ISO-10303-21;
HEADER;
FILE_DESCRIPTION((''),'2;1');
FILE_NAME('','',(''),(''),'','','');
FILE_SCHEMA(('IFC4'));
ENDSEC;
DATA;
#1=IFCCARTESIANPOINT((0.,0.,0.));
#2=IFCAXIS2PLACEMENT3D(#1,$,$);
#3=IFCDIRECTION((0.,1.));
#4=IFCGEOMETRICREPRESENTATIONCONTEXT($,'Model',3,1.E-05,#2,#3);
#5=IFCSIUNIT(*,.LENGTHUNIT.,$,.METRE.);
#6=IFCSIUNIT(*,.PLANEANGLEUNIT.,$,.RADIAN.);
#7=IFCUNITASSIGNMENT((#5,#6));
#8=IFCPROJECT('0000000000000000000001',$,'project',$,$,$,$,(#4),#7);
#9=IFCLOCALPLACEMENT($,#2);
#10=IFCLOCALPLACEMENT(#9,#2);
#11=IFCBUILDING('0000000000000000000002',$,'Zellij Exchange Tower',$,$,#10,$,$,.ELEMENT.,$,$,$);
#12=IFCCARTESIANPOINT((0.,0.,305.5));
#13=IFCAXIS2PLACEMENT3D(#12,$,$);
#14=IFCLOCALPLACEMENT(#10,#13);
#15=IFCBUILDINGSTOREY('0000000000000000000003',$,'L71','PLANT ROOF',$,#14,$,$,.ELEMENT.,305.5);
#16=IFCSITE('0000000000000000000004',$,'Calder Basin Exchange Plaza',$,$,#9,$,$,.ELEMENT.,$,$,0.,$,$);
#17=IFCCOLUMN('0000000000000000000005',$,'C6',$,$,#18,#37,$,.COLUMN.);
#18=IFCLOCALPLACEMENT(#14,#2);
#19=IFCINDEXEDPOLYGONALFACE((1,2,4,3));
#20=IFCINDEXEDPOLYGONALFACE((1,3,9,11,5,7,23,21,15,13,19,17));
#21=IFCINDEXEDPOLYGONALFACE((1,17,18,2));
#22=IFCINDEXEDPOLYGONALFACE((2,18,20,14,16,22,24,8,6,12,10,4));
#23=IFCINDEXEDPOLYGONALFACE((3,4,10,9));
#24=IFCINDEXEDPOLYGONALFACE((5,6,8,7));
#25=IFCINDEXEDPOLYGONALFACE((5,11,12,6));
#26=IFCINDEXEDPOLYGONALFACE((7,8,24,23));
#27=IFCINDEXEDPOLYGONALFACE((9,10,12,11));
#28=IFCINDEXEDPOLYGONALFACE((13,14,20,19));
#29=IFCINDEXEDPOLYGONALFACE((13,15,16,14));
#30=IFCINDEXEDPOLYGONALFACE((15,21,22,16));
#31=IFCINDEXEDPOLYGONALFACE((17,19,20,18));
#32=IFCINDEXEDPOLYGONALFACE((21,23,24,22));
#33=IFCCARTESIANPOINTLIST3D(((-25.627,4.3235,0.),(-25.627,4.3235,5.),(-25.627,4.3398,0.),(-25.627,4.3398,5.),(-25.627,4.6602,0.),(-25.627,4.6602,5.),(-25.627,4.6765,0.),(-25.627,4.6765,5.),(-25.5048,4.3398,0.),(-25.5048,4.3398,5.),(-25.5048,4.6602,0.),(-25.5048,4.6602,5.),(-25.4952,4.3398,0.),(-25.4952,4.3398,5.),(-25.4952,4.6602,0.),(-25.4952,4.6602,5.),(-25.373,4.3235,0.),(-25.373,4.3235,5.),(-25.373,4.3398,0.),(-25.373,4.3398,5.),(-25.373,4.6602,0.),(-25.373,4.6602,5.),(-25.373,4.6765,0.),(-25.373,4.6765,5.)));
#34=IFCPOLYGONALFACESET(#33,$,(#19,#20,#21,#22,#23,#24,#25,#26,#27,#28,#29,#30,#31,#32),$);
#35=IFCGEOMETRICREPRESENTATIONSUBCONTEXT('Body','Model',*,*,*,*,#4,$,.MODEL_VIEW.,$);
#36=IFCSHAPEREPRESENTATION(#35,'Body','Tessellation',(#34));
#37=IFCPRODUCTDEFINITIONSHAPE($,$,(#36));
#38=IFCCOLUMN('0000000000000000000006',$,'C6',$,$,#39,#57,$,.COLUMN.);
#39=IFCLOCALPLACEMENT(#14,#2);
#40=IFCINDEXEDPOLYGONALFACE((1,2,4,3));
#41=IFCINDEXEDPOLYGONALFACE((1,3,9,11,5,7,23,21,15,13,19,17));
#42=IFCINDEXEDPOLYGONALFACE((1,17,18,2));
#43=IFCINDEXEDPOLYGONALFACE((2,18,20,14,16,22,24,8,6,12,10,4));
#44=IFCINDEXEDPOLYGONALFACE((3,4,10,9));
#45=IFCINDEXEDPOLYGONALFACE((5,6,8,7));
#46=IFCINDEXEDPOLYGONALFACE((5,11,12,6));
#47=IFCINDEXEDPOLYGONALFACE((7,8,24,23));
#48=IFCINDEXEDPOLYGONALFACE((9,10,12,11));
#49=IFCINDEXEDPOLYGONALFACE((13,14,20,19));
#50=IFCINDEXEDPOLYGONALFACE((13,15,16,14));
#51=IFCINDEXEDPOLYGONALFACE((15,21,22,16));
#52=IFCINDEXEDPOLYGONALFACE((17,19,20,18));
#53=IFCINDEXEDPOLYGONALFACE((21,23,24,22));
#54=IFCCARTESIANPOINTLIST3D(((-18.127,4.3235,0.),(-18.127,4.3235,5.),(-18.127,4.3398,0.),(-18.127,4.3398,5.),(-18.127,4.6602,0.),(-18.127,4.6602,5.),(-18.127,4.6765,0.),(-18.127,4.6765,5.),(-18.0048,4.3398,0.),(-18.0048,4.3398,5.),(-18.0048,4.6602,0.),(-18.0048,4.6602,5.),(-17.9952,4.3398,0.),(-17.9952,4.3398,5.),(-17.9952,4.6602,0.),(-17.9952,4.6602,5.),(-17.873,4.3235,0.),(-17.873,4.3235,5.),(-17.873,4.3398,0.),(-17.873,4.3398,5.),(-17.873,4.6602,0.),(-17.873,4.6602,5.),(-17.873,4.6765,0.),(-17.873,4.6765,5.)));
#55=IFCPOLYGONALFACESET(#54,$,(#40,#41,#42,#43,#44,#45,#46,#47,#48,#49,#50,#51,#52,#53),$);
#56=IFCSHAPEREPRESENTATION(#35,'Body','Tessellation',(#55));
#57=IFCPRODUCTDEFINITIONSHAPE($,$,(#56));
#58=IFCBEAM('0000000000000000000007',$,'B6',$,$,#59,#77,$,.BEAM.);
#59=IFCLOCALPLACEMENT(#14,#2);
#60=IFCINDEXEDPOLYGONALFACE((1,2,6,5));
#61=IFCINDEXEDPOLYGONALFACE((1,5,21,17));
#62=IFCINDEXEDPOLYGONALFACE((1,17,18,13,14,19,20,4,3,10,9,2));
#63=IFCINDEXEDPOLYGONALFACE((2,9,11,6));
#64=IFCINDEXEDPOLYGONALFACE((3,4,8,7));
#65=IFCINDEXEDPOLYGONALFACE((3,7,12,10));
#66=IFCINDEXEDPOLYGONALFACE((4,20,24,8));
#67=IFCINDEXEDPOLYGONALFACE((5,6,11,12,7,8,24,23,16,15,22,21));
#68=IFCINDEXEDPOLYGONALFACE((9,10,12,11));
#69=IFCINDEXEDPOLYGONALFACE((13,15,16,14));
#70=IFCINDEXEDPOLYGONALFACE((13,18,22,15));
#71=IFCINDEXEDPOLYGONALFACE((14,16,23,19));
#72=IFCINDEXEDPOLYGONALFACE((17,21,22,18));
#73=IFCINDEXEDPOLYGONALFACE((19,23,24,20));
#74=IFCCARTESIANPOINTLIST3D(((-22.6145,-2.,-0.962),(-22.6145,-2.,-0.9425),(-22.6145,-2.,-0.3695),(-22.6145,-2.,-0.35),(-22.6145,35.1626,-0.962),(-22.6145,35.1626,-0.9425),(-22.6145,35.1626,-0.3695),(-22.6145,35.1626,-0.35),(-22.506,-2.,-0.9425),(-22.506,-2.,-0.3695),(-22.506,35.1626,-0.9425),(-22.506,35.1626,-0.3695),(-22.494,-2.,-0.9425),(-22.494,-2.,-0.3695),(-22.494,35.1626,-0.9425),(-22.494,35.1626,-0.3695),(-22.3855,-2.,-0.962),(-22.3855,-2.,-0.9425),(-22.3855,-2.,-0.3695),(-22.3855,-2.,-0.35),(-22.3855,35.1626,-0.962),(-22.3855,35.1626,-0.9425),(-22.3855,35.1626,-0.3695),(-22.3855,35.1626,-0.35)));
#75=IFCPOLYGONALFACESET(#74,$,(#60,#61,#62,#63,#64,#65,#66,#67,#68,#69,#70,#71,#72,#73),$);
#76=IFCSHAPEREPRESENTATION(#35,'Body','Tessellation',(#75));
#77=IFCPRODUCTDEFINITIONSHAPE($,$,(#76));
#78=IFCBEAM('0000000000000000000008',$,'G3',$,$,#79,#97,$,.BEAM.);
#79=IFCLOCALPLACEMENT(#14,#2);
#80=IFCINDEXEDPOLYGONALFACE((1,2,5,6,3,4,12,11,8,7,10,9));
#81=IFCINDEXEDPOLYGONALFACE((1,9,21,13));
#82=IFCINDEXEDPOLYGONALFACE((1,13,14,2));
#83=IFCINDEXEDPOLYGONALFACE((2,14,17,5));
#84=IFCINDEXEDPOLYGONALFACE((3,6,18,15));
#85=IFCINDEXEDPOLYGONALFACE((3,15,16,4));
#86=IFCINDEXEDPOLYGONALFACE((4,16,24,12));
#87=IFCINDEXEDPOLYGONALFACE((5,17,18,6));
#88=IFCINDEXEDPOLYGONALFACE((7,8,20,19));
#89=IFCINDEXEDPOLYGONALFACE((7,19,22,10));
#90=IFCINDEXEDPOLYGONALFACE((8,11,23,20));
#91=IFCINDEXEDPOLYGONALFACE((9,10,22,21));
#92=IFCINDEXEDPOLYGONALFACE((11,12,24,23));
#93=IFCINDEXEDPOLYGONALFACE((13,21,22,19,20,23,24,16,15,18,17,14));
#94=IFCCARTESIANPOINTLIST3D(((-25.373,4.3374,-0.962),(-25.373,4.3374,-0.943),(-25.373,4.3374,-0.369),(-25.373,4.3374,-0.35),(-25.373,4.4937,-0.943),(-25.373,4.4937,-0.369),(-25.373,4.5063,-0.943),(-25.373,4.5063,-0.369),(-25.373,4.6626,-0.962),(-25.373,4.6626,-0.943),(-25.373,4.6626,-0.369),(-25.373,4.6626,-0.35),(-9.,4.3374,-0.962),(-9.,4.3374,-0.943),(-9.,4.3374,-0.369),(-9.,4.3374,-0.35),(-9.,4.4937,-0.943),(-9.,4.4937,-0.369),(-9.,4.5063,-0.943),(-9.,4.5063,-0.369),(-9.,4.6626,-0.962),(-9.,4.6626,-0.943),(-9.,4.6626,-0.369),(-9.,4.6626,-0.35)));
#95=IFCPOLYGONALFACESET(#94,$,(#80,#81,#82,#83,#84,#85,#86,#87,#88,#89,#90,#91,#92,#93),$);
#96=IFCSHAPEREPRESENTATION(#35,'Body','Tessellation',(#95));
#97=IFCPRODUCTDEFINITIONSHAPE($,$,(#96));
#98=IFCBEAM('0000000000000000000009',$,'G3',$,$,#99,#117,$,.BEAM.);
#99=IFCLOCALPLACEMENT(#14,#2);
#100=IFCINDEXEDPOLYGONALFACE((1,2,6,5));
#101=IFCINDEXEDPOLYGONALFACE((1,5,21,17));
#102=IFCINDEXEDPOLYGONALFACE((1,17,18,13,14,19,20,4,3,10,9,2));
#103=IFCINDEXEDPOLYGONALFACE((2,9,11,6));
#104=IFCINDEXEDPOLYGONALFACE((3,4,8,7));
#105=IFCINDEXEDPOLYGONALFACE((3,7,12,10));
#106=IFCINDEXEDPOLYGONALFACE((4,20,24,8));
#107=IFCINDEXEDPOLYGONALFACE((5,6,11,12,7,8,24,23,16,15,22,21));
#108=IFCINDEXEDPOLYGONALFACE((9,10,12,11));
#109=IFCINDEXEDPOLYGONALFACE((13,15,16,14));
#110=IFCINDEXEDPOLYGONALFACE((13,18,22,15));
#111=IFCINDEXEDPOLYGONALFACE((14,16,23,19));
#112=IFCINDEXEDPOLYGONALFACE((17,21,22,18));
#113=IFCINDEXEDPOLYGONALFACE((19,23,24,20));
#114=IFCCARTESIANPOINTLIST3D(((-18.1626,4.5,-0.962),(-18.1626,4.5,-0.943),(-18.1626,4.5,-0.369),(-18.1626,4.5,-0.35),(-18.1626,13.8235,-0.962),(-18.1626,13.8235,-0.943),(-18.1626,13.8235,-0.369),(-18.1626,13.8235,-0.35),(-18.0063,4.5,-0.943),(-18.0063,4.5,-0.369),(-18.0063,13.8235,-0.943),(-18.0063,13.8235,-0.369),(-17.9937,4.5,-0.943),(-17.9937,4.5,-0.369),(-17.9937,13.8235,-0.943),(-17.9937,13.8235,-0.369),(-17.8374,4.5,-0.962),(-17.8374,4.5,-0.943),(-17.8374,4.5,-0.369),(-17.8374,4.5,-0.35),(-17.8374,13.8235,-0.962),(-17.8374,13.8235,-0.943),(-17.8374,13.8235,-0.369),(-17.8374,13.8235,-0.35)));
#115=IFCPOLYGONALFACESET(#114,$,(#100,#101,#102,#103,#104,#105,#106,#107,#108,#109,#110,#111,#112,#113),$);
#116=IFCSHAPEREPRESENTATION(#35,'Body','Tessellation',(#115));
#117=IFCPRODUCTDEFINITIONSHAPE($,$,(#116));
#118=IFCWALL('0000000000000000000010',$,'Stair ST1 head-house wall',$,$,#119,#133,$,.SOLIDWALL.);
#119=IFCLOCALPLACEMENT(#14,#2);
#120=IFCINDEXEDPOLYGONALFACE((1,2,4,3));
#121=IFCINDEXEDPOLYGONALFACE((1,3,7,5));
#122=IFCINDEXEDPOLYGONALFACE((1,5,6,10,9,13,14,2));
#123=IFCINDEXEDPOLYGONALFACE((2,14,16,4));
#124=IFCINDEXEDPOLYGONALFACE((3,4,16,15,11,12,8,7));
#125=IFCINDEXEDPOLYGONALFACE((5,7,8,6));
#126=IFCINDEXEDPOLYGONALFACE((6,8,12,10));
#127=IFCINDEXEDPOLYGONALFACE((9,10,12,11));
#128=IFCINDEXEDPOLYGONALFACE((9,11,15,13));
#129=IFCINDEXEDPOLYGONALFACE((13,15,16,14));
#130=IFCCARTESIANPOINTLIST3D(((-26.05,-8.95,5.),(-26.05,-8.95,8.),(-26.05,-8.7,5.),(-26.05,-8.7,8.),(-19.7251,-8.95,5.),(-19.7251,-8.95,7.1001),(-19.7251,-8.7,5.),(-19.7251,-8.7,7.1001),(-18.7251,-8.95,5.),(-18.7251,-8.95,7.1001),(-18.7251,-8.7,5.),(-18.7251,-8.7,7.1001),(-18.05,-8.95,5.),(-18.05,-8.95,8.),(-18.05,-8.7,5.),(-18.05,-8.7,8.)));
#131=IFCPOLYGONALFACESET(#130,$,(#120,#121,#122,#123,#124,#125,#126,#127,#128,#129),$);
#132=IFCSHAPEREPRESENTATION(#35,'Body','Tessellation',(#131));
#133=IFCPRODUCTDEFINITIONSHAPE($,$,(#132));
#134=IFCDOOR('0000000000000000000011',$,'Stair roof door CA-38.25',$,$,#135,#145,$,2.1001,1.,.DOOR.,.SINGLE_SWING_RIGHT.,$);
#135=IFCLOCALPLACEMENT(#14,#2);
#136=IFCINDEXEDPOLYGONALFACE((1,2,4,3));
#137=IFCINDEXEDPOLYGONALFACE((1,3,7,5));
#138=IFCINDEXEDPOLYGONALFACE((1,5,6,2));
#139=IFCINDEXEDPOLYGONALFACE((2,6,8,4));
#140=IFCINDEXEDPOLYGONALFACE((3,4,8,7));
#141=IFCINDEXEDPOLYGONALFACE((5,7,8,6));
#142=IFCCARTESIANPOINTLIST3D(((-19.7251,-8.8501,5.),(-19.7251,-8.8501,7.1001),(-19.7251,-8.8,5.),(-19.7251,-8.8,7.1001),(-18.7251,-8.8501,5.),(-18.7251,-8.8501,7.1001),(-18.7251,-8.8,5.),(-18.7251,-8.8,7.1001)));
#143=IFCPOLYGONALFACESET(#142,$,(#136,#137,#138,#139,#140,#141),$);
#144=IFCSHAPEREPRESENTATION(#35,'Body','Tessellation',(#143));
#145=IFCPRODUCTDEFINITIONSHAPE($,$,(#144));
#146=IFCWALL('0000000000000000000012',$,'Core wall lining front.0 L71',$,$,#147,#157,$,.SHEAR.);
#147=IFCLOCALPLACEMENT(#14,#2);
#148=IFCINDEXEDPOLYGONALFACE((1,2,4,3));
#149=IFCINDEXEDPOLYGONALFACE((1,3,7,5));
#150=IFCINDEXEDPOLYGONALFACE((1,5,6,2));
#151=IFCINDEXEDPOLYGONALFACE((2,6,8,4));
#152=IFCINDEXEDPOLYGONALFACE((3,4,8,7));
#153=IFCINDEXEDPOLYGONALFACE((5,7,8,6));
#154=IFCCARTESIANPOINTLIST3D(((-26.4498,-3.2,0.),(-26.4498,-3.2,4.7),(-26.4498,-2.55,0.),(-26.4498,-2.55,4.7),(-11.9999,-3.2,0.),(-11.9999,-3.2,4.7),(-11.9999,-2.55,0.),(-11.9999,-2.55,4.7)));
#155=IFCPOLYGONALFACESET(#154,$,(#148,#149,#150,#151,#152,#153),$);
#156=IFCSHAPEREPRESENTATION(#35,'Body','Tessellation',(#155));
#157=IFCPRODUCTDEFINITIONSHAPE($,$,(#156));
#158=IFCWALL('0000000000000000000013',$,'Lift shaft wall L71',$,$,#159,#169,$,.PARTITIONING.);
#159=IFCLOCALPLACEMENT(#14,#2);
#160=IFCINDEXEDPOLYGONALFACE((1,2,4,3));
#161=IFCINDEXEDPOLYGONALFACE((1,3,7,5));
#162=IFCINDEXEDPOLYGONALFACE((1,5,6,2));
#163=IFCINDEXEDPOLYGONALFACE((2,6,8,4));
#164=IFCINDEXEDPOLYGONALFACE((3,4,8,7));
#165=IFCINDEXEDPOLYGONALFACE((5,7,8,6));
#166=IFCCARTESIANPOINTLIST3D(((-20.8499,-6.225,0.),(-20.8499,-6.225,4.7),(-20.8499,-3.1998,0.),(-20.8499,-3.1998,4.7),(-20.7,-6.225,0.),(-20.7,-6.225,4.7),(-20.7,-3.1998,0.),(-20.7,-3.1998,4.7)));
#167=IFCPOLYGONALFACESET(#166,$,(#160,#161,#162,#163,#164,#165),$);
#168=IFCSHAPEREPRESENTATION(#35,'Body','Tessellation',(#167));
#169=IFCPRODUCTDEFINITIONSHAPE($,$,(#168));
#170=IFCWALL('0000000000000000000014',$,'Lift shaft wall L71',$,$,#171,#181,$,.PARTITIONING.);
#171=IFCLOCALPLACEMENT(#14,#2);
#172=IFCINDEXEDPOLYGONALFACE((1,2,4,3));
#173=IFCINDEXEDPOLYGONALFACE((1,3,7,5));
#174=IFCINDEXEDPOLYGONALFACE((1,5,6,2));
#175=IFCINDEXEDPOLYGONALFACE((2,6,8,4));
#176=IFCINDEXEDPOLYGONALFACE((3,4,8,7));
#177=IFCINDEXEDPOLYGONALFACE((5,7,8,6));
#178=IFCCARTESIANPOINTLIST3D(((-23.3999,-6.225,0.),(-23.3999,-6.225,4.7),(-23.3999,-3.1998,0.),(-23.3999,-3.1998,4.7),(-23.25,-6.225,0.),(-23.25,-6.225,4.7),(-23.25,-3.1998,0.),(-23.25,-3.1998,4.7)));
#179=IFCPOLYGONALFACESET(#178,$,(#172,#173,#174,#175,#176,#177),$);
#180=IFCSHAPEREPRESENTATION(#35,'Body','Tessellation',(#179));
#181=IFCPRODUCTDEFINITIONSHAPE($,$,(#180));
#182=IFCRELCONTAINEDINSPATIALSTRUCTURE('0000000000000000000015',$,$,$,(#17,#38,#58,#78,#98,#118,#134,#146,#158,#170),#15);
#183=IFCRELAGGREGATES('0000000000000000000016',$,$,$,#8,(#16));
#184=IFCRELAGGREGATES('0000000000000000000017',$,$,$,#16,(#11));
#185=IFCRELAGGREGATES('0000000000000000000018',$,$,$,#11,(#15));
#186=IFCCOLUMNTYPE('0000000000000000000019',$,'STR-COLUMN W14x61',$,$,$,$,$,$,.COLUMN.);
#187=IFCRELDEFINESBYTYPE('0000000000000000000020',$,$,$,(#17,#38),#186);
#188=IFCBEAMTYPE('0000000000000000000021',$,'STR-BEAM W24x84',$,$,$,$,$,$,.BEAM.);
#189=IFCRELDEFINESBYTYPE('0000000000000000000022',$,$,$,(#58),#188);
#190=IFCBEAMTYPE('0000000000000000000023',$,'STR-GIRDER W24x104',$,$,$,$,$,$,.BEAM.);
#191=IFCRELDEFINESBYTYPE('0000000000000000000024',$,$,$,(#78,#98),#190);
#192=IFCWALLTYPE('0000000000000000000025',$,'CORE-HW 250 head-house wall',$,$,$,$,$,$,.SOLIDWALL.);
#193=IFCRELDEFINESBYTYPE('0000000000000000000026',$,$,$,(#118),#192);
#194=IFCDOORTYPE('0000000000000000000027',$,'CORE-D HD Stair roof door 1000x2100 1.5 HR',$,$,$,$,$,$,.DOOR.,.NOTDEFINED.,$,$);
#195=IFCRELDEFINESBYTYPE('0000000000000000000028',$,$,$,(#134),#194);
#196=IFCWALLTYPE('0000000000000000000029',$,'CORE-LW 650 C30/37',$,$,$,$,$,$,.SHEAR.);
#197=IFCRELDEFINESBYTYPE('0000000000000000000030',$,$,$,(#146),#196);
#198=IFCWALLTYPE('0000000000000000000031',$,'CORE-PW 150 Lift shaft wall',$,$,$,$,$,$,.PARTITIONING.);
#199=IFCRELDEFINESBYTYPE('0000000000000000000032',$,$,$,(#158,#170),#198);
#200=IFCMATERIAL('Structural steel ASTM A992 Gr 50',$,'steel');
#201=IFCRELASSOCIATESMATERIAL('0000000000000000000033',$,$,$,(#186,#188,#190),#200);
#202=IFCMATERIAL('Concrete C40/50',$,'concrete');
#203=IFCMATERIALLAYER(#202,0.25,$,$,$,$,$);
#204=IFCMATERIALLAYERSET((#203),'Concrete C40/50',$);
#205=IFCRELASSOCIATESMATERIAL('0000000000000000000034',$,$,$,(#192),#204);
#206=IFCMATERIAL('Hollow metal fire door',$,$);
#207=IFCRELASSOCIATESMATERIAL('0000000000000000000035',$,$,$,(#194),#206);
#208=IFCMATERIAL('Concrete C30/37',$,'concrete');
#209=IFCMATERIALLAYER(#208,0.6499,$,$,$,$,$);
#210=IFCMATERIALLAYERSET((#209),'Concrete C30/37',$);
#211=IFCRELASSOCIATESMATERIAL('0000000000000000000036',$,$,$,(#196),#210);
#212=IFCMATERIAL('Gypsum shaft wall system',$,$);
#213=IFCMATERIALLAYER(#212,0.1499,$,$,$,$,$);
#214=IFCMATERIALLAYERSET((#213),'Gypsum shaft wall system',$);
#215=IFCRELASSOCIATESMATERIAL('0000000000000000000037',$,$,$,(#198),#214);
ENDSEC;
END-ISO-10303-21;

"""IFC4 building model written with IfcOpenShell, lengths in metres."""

from ifc_helpers import new_model, si_unit, direction, frame, frame_2d, origin, origin_2d, place, context, subcontext, project, spatial, rectangle, i_section, extrude, material, layer, layer_set, material_profile, profile_set, type_object, element, fill, save


model = new_model("IFC4")

# Units and contexts
model_context = context("Model", 3, precision=1e-05, world=origin(), true_north=direction((0.0, 1.0)))
body_context = subcontext(model_context, "Body", "Model", "MODEL_VIEW")
ifc_project = project(units=[si_unit("LENGTHUNIT", "METRE"), si_unit("PLANEANGLEUNIT", "RADIAN")], contexts=[model_context])

# Site, building, storey
site_placement = place(None, origin())
site = spatial("IfcSite", under=ifc_project, at=site_placement, Name="Calder Basin Exchange Plaza", CompositionType="ELEMENT", RefElevation=0.0)
building_placement = place(site_placement, origin())
building = spatial("IfcBuilding", under=site, at=building_placement, Name="Zellij Exchange Tower", CompositionType="ELEMENT")
storey_placement = place(building_placement, frame((0.0, 0.0, 305.5)))
storey = spatial("IfcBuildingStorey", under=building, at=storey_placement, Name="L71", Description="PLANT ROOF", CompositionType="ELEMENT", Elevation=305.5)

# Columns
ifc_material_1 = material(Name="Structural steel ASTM A992 Gr 50", Category="steel")
ifc_material_profile_1 = material_profile(ifc_material_1, i_section(OverallWidth=0.2539, OverallDepth=0.353, WebThickness=0.0095, FlangeThickness=0.0164, at=origin_2d()), Name="W14x61")
ifc_profile_set_1 = profile_set([ifc_material_profile_1], Name="Structural steel ASTM A992 Gr 50")
column_type = type_object("IfcColumnType", Name="STR-COLUMN W14x61", PredefinedType="COLUMN", material=ifc_profile_set_1)
for number, where, z_axis, x_axis, name in (
    (1, (-25.5, 4.5, 0.0), (0.0, 0.0, 1.0), (1.0, 0.0, 0.0), "C6"),
    (2, (-18.0, 4.5, 0.0), (0.0, 0.0, 1.0), (1.0, 0.0, 0.0), "C6"),
):
    element("IfcColumn", number, at=place(storey_placement, frame(where, z_axis=z_axis, x_axis=x_axis)), inside=storey, type_object=column_type, Name=name, PredefinedType="COLUMN", context=body_context, shape_type="SweptSolid", body=[
        extrude(i_section(OverallWidth=0.2539, OverallDepth=0.353, WebThickness=0.0095, FlangeThickness=0.0164, at=origin_2d()), origin(), (0.0, 0.0, 1.0), 5.0),
    ])

# Beams
ifc_material_profile_2 = material_profile(ifc_material_1, i_section(OverallWidth=0.229, OverallDepth=0.6121, WebThickness=0.012, FlangeThickness=0.0195, at=origin_2d()), Name="W24x84")
ifc_profile_set_2 = profile_set([ifc_material_profile_2], Name="Structural steel ASTM A992 Gr 50")
beam_type_1 = type_object("IfcBeamType", Name="STR-BEAM W24x84", PredefinedType="BEAM", material=ifc_profile_set_2)
beam_1_placement = place(storey_placement, frame((-22.5, -2.0, -0.656), z_axis=(0.0, 1.0, 0.0), x_axis=(-1.0, 0.0, 0.0)))
element("IfcBeam", 3, at=beam_1_placement, inside=storey, type_object=beam_type_1, Name="B6", PredefinedType="BEAM", context=body_context, shape_type="SweptSolid", body=[
    extrude(i_section(OverallWidth=0.229, OverallDepth=0.6121, WebThickness=0.012, FlangeThickness=0.0195, at=origin_2d()), origin(), (0.0, 0.0, 1.0), 37.1626),
])
ifc_material_profile_3 = material_profile(ifc_material_1, i_section(OverallWidth=0.3252, OverallDepth=0.6121, WebThickness=0.0127, FlangeThickness=0.019, at=origin_2d()), Name="W24x104")
ifc_profile_set_3 = profile_set([ifc_material_profile_3], Name="Structural steel ASTM A992 Gr 50")
beam_type_2 = type_object("IfcBeamType", Name="STR-GIRDER W24x104", PredefinedType="BEAM", material=ifc_profile_set_3)
beam_2_placement = place(storey_placement, frame((-25.373, 4.5, -0.656), z_axis=(1.0, 0.0, 0.0), x_axis=(0.0, 1.0, 0.0)))
element("IfcBeam", 4, at=beam_2_placement, inside=storey, type_object=beam_type_2, Name="G3", PredefinedType="BEAM", context=body_context, shape_type="SweptSolid", body=[
    extrude(i_section(OverallWidth=0.3252, OverallDepth=0.6121, WebThickness=0.0127, FlangeThickness=0.019, at=origin_2d()), origin(), (0.0, 0.0, 1.0), 16.373),
])
beam_3_placement = place(storey_placement, frame((-18.0, 4.5, -0.656), z_axis=(0.0, 1.0, 0.0), x_axis=(-1.0, 0.0, 0.0)))
element("IfcBeam", 5, at=beam_3_placement, inside=storey, type_object=beam_type_2, Name="G3", PredefinedType="BEAM", context=body_context, shape_type="SweptSolid", body=[
    extrude(i_section(OverallWidth=0.3252, OverallDepth=0.6121, WebThickness=0.0127, FlangeThickness=0.019, at=origin_2d()), origin(), (0.0, 0.0, 1.0), 9.3235),
])

# Wall, opening, door
ifc_material_2 = material(Name="Concrete C40/50", Category="concrete")
ifc_layer_1 = layer(ifc_material_2, 0.25)
ifc_layer_set_1 = layer_set([ifc_layer_1], Name="Concrete C40/50")
wall_type_1 = type_object("IfcWallType", Name="CORE-HW 250 head-house wall", PredefinedType="SOLIDWALL", material=ifc_layer_set_1)
wall_1_placement = place(storey_placement, frame((-26.05, -8.825, 5.0), z_axis=(0.0, 0.0, 1.0), x_axis=(1.0, 0.0, 0.0)))
wall_1 = element("IfcWall", 6, at=wall_1_placement, inside=storey, type_object=wall_type_1, Name="Stair ST1 head-house wall", PredefinedType="SOLIDWALL", context=body_context, shape_type="SweptSolid", body=[
    extrude(rectangle(XDim=8.0, YDim=0.25, at=frame_2d((4.0, 0.0))), origin(), (0.0, 0.0, 1.0), 3.0),
])
opening_1_placement = place(wall_1_placement, frame((6.325, 0.0, 0.0)))
opening_1 = element("IfcOpeningElement", 7, at=opening_1_placement, cuts=wall_1, PredefinedType="OPENING", context=body_context, shape_type="SweptSolid", body=[
    extrude(rectangle(XDim=1.0, YDim=2.1001, at=frame_2d((0.5, 1.05))), frame((0.0, 0.137, 0.0), z_axis=(0.0, -1.0, 0.0), x_axis=(1.0, 0.0, 0.0)), (0.0, 0.0, 1.0), 0.2739),
])
ifc_material_3 = material(Name="Hollow metal fire door")
door_type_1 = type_object("IfcDoorType", Name="CORE-D HD Stair roof door 1000x2100 1.5 HR", OperationType="NOTDEFINED", PredefinedType="DOOR", material=ifc_material_3)
door_1_placement = place(opening_1_placement, origin())
door_1 = element("IfcDoor", 8, at=door_1_placement, inside=storey, type_object=door_type_1, Name="Stair roof door CA-38.25", OperationType="SINGLE_SWING_RIGHT", OverallHeight=2.1001, OverallWidth=1.0, PredefinedType="DOOR", context=body_context, shape_type="SweptSolid", body=[
    extrude(rectangle(XDim=1.0, YDim=2.1001, at=frame_2d((0.5, 1.05))), frame((0.0, 0.0249, 0.0), z_axis=(0.0, -1.0, 0.0), x_axis=(1.0, 0.0, 0.0)), (0.0, 0.0, 1.0), 0.05),
])
fill(opening_1, door_1)

# Walls
ifc_material_4 = material(Name="Concrete C30/37", Category="concrete")
ifc_layer_2 = layer(ifc_material_4, 0.6499)
ifc_layer_set_2 = layer_set([ifc_layer_2], Name="Concrete C30/37")
wall_type_2 = type_object("IfcWallType", Name="CORE-LW 650 C30/37", PredefinedType="SHEAR", material=ifc_layer_set_2)
wall_2_placement = place(storey_placement, frame((-26.45, -2.875, 0.0), z_axis=(0.0, 0.0, 1.0), x_axis=(1.0, 0.0, 0.0)))
element("IfcWall", 9, at=wall_2_placement, inside=storey, type_object=wall_type_2, Name="Core wall lining front.0 L71", PredefinedType="SHEAR", context=body_context, shape_type="SweptSolid", body=[
    extrude(rectangle(XDim=14.45, YDim=0.6499, at=frame_2d((7.2251, 0.0))), origin(), (0.0, 0.0, 1.0), 4.7),
])
ifc_material_5 = material(Name="Gypsum shaft wall system")
ifc_layer_3 = layer(ifc_material_5, 0.1499)
ifc_layer_set_3 = layer_set([ifc_layer_3], Name="Gypsum shaft wall system")
wall_type_3 = type_object("IfcWallType", Name="CORE-PW 150 Lift shaft wall", PredefinedType="PARTITIONING", material=ifc_layer_set_3)
for number, where, z_axis, x_axis, name in (
    (10, (-20.7749, -6.2251, 0.0), (0.0, 0.0, 1.0), (0.0, 1.0, 0.0), "Lift shaft wall L71"),
    (11, (-23.325, -6.2251, 0.0), (0.0, 0.0, 1.0), (0.0, 1.0, 0.0), "Lift shaft wall L71"),
):
    element("IfcWall", number, at=place(storey_placement, frame(where, z_axis=z_axis, x_axis=x_axis)), inside=storey, type_object=wall_type_3, Name=name, PredefinedType="PARTITIONING", context=body_context, shape_type="SweptSolid", body=[
        extrude(rectangle(XDim=3.0251, YDim=0.1499, at=frame_2d((1.5127, 0.0))), origin(), (0.0, 0.0, 1.0), 4.7),
    ])

save(model, "model.ifc")
